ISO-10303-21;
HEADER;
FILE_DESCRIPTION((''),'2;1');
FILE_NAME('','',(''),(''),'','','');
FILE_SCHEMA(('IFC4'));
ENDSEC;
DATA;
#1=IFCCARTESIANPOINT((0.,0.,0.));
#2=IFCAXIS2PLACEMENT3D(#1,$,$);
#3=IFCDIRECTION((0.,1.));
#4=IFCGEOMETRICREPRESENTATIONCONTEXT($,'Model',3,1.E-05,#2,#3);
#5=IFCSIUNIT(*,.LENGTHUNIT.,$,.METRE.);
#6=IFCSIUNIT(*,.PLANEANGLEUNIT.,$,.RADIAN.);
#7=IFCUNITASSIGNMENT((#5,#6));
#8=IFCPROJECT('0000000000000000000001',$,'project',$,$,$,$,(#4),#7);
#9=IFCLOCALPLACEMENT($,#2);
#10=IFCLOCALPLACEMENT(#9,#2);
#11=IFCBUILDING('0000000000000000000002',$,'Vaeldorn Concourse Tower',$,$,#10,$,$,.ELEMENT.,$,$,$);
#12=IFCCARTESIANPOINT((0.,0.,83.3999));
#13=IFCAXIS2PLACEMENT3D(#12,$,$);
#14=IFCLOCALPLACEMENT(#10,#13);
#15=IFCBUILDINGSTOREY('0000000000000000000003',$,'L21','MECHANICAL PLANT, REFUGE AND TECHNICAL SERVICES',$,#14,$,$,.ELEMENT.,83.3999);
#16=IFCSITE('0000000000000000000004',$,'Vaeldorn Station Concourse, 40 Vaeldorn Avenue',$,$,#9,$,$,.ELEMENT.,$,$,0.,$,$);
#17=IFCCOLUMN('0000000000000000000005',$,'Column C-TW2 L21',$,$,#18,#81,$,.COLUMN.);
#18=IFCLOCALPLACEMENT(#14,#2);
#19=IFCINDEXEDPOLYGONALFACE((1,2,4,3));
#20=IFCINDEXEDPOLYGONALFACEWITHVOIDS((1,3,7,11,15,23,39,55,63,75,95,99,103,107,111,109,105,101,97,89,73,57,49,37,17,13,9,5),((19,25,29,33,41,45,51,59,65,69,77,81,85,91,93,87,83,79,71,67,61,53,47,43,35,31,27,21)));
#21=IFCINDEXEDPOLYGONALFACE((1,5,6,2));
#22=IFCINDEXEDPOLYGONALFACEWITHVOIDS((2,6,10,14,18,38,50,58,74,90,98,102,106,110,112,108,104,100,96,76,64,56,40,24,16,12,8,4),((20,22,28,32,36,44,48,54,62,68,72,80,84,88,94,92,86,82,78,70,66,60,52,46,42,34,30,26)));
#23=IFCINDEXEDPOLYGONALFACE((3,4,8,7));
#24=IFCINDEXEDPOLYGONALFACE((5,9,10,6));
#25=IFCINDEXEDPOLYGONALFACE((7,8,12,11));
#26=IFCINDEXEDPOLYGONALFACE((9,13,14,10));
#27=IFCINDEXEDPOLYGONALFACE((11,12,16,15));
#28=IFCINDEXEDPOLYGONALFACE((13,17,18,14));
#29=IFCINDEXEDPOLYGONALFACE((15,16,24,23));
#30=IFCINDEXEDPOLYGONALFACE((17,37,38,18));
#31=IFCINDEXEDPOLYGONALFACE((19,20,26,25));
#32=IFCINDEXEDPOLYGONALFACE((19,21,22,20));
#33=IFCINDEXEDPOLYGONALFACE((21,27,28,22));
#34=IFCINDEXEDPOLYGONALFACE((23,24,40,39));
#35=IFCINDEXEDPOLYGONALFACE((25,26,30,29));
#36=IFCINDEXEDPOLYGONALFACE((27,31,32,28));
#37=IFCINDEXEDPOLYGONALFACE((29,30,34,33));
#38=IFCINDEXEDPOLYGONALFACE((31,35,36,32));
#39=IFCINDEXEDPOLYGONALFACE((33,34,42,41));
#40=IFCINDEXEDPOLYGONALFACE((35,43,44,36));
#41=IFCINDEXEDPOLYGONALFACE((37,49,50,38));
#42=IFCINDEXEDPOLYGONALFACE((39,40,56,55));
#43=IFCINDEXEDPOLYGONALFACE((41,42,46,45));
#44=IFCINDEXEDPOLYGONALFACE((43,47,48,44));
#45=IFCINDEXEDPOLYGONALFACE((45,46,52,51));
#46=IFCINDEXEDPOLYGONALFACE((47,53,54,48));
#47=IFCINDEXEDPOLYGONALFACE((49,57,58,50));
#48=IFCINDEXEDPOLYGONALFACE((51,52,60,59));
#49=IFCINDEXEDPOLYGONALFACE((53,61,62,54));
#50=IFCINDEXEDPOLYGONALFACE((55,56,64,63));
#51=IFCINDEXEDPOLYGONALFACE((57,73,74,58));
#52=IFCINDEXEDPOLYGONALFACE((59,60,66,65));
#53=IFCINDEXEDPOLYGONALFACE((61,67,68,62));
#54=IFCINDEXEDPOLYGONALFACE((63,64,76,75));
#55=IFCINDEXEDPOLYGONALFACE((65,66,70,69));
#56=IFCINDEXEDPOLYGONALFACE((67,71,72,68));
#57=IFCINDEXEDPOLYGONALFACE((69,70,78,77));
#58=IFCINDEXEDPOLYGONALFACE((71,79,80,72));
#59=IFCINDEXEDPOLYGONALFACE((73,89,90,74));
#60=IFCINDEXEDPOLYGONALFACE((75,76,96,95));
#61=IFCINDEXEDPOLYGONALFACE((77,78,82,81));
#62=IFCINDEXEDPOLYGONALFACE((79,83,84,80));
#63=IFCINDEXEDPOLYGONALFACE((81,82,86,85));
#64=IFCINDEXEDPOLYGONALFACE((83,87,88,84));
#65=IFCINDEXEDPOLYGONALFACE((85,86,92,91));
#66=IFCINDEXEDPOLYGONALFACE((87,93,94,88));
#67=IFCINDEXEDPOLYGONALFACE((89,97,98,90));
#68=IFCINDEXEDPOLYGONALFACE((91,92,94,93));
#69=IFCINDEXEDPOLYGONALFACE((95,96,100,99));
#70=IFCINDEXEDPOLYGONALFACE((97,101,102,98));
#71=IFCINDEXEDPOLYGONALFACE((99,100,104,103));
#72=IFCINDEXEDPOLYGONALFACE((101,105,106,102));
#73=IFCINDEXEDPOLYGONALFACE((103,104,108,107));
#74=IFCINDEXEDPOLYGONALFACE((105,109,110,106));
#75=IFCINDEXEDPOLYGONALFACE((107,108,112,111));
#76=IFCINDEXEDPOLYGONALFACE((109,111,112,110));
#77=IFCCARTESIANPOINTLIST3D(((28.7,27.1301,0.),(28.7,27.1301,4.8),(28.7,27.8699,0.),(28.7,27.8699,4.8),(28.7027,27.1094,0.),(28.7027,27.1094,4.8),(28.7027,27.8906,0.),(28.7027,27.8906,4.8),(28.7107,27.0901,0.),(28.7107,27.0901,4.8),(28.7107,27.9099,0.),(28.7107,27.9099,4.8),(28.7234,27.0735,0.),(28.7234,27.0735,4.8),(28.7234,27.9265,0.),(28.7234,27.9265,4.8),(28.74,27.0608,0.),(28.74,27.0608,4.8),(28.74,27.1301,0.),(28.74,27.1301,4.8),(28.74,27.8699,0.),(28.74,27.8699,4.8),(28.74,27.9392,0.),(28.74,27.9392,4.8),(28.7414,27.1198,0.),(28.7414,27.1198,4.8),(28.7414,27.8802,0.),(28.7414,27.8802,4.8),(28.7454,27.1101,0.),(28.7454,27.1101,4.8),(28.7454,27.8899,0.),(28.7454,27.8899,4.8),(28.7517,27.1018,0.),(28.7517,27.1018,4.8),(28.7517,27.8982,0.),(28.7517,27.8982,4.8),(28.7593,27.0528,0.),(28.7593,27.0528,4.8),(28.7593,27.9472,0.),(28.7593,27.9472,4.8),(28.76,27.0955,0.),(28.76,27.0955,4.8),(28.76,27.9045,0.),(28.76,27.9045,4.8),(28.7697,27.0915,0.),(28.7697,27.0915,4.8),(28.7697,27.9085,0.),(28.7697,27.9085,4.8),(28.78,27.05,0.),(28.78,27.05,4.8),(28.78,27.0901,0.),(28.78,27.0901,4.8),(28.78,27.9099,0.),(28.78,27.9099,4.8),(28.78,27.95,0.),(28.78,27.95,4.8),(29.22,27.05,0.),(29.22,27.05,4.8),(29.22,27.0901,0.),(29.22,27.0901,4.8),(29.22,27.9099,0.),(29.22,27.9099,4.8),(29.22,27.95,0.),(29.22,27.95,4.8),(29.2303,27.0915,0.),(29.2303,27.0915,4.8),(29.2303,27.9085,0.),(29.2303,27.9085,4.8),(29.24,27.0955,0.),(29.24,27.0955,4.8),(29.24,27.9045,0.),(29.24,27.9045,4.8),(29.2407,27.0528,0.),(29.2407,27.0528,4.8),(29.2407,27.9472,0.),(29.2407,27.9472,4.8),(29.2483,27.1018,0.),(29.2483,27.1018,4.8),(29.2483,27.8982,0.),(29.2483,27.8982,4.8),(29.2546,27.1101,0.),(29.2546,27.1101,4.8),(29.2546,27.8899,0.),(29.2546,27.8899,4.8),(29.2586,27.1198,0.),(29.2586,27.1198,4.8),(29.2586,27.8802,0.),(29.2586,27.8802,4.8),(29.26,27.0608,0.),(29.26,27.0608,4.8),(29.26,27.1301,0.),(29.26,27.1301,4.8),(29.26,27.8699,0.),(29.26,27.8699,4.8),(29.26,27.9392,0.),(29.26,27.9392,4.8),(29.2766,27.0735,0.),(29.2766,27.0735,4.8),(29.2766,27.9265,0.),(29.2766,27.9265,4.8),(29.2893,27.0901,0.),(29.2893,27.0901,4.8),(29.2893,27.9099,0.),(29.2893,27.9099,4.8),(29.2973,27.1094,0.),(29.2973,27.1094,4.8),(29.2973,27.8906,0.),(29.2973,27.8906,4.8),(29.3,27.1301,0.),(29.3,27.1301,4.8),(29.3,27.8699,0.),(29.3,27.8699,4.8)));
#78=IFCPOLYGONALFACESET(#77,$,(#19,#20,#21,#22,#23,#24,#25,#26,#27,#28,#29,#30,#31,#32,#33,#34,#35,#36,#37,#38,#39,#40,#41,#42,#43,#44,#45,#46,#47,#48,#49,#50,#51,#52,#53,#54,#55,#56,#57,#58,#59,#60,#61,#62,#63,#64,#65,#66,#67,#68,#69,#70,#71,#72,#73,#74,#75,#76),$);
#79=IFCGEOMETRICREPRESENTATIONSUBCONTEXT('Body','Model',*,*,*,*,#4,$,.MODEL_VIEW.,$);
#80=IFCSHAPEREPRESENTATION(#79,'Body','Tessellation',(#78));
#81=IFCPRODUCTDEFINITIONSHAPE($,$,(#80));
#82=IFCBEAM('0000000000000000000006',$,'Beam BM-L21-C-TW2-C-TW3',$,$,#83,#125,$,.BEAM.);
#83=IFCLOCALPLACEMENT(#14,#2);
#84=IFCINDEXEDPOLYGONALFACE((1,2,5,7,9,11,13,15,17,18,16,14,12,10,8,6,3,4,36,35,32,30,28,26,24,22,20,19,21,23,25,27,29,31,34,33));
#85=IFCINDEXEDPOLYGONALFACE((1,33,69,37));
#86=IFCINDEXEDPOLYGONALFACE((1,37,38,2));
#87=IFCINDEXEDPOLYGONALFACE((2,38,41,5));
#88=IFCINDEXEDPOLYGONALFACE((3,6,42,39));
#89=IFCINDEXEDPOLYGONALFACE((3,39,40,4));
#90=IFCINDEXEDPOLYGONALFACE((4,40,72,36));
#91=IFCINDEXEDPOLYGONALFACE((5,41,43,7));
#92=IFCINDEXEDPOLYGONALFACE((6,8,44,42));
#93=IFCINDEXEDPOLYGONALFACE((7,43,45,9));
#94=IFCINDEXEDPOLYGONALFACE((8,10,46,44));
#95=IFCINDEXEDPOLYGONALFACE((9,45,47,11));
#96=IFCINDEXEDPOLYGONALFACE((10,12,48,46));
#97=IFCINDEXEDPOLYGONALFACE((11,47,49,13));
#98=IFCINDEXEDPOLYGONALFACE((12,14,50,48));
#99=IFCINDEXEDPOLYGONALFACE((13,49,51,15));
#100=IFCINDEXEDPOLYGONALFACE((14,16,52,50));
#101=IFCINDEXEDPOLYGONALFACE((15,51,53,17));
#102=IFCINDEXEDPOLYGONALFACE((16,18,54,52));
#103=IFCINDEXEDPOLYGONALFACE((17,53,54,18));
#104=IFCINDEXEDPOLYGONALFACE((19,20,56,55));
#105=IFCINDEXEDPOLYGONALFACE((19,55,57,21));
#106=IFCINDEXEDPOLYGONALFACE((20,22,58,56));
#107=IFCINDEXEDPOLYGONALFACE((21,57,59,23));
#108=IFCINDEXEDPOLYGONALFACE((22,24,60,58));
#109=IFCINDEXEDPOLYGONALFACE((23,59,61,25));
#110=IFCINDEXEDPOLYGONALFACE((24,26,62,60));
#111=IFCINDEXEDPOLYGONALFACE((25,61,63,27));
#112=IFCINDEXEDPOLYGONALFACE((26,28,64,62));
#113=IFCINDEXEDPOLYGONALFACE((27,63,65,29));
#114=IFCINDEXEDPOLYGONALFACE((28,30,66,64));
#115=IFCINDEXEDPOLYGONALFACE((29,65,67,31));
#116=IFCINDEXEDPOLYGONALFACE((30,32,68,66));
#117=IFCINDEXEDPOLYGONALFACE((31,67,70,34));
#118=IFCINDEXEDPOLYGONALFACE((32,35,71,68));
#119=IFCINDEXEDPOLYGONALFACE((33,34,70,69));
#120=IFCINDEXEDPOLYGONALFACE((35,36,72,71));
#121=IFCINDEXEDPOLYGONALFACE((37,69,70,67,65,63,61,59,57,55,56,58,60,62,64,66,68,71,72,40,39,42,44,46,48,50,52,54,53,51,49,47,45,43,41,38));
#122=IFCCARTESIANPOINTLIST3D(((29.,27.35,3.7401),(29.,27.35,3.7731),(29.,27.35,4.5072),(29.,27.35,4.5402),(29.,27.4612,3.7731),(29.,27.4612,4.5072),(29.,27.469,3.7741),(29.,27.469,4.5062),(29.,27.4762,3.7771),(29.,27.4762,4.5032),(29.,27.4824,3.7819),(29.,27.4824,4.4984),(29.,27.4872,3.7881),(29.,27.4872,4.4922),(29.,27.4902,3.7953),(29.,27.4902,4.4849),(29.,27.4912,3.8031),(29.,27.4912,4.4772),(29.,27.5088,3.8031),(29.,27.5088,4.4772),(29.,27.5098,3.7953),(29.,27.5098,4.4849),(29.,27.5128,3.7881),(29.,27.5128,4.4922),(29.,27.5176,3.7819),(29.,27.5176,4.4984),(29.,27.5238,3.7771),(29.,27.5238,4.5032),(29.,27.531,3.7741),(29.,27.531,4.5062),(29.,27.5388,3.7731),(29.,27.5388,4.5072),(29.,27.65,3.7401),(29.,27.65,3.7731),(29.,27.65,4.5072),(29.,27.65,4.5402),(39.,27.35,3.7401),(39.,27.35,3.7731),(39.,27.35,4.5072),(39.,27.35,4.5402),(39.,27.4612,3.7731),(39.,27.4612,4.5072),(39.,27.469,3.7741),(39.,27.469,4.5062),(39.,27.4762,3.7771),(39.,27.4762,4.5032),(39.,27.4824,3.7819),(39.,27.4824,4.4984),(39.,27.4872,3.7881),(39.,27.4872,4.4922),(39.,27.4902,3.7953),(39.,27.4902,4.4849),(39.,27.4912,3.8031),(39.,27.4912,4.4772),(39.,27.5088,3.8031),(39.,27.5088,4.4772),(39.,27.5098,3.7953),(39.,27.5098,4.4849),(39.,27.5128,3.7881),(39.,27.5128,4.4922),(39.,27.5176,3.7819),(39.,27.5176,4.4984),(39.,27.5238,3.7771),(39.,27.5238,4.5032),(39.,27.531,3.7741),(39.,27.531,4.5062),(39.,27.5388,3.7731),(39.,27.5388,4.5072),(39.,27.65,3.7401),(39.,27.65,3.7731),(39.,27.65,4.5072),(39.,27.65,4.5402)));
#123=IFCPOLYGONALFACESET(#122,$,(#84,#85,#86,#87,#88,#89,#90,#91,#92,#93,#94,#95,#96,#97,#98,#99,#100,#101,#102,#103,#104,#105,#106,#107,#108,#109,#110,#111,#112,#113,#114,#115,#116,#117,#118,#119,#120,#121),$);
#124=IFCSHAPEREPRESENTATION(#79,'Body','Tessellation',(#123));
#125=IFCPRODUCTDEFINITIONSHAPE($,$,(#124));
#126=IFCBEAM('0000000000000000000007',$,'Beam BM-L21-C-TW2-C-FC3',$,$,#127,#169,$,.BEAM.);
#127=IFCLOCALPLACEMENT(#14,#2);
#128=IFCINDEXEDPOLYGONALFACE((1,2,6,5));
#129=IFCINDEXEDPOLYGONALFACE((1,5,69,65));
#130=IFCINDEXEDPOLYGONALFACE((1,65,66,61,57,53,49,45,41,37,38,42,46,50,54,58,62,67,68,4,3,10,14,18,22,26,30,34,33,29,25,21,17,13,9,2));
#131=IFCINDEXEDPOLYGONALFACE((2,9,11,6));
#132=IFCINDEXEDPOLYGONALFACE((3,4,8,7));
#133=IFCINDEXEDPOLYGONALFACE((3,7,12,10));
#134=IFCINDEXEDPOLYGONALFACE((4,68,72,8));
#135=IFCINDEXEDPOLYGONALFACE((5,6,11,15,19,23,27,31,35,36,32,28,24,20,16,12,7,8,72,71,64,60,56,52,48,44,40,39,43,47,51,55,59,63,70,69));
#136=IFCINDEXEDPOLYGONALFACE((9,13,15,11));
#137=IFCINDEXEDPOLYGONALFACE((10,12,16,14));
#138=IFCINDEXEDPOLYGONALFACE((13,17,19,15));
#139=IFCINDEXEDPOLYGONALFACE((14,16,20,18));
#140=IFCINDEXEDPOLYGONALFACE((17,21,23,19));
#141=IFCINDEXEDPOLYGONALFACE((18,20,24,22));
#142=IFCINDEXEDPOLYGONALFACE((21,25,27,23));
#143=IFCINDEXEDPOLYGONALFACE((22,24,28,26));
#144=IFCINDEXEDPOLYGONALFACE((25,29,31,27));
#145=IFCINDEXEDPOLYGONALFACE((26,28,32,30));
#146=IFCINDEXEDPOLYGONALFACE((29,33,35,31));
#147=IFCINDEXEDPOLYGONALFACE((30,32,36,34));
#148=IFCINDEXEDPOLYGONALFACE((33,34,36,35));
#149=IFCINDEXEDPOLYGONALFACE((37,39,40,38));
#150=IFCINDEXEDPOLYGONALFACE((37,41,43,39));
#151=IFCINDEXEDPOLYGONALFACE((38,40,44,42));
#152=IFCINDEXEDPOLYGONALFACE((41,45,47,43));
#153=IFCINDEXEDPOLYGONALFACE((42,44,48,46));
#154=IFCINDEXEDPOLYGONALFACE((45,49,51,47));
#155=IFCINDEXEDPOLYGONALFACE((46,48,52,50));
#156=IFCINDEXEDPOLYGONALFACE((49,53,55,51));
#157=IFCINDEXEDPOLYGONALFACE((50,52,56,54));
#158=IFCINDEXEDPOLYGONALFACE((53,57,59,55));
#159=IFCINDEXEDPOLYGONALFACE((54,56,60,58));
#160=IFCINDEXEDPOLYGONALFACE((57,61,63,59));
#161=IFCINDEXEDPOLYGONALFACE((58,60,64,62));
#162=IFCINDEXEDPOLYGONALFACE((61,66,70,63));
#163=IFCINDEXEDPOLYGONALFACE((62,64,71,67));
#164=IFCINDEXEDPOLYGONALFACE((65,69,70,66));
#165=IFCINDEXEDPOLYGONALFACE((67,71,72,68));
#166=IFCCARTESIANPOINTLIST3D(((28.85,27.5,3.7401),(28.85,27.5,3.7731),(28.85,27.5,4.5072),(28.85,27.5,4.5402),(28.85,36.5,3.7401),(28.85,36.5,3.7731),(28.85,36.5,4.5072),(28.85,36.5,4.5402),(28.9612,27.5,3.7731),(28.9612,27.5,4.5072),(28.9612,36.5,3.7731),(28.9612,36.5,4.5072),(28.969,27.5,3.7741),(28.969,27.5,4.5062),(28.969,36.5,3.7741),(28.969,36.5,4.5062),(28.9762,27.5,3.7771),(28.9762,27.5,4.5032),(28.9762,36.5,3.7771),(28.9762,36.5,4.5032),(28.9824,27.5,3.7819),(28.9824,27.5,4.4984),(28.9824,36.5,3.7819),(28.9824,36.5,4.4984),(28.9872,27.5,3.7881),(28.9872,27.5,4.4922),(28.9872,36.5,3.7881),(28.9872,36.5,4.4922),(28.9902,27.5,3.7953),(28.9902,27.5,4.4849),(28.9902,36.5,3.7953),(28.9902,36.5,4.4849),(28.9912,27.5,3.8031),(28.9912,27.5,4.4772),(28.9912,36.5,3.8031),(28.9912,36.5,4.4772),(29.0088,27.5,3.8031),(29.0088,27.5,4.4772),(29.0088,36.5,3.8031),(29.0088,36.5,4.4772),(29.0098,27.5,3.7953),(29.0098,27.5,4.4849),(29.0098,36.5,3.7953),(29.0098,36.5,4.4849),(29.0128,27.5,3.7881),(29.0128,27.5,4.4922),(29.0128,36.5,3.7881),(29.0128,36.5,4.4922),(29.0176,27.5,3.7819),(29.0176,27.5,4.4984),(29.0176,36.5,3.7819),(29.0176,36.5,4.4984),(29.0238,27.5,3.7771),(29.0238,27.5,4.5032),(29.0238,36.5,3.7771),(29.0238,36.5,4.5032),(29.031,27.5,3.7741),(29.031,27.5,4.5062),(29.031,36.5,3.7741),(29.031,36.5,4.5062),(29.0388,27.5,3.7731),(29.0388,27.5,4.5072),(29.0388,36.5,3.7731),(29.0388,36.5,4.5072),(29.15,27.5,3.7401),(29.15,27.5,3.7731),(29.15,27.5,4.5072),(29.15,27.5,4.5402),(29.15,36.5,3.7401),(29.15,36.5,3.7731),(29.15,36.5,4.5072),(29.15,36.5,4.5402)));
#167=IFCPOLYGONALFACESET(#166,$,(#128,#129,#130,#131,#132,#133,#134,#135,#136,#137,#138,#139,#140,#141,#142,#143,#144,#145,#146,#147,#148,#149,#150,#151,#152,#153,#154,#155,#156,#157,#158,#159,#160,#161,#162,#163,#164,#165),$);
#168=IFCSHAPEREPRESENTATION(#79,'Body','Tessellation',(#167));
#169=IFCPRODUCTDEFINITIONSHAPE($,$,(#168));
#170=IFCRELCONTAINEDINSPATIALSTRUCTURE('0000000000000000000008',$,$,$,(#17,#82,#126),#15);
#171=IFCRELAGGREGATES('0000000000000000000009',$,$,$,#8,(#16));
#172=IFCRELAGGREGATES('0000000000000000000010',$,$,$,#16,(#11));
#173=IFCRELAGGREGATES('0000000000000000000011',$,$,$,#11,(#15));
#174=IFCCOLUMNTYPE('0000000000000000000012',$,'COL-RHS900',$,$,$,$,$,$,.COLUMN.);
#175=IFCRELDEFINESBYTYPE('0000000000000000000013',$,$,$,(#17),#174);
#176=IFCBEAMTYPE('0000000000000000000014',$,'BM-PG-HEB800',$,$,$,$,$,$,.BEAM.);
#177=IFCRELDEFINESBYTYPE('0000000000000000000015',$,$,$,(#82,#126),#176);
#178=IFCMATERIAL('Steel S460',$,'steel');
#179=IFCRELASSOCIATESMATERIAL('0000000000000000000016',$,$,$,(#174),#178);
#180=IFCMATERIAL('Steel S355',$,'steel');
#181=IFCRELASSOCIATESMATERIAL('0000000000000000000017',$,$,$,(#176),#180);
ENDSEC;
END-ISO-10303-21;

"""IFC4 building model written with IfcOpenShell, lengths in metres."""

from ifc_helpers import new_model, si_unit, direction, frame, origin, origin_2d, place, context, subcontext, project, spatial, hollow_rectangle, i_section, extrude, source, transform, mapped, material, material_profile, profile_set, type_object, element, save


model = new_model("IFC4")

# Units and contexts
model_context = context("Model", 3, precision=1e-05, world=origin(), true_north=direction((0.0, 1.0)))
body_context = subcontext(model_context, "Body", "Model", "MODEL_VIEW")
ifc_project = project(units=[si_unit("LENGTHUNIT", "METRE"), si_unit("PLANEANGLEUNIT", "RADIAN")], contexts=[model_context])

# Site, building, storey
site_placement = place(None, origin())
site = spatial("IfcSite", under=ifc_project, at=site_placement, Name="Vaeldorn Station Concourse, 40 Vaeldorn Avenue", CompositionType="ELEMENT", RefElevation=0.0)
building_placement = place(site_placement, origin())
building = spatial("IfcBuilding", under=site, at=building_placement, Name="Vaeldorn Concourse Tower", CompositionType="ELEMENT")
storey_placement = place(building_placement, frame((0.0, 0.0, 83.3999)))
storey = spatial("IfcBuildingStorey", under=building, at=storey_placement, Name="L21", Description="MECHANICAL PLANT, REFUGE AND TECHNICAL SERVICES", CompositionType="ELEMENT", Elevation=83.3999)

# Column
ifc_material_1 = material(Name="Steel S460", Category="steel")
ifc_material_profile_1 = material_profile(ifc_material_1, hollow_rectangle(XDim=0.6001, YDim=0.8999, WallThickness=0.04, InnerFilletRadius=0.04, OuterFilletRadius=0.0801, at=origin_2d()), Name="RHS 900x600x40")
ifc_profile_set_1 = profile_set([ifc_material_profile_1], Name="Steel S460")
column_type = type_object("IfcColumnType", Name="COL-RHS900", PredefinedType="COLUMN", material=ifc_profile_set_1)
shared_shape_1 = source(origin(), body_context, "Body", "SweptSolid", [
    extrude(hollow_rectangle(XDim=0.6001, YDim=0.8999, WallThickness=0.04, InnerFilletRadius=0.04, OuterFilletRadius=0.0801, at=origin_2d()), origin(), (0.0, 0.0, 1.0), 4.8),
])
column_placement = place(storey_placement, frame((29.0, 27.5, 0.0), z_axis=(0.0, 0.0, 1.0), x_axis=(1.0, 0.0, 0.0)))
element("IfcColumn", 1, at=column_placement, inside=storey, type_object=column_type, Name="Column C-TW2 L21", PredefinedType="COLUMN", context=body_context, shape_type="MappedRepresentation", body=[
    mapped(shared_shape_1, transform((0.0, 0.0, 0.0), scale=1.0)),
])

# Beams
ifc_material_2 = material(Name="Steel S355", Category="steel")
ifc_material_profile_2 = material_profile(ifc_material_2, i_section(OverallWidth=0.3, OverallDepth=0.8, WebThickness=0.0176, FlangeThickness=0.033, FilletRadius=0.03, at=origin_2d()), Name="HEB 800")
ifc_profile_set_2 = profile_set([ifc_material_profile_2], Name="Steel S355")
beam_type_1 = type_object("IfcBeamType", Name="BM-PG-HEB800", PredefinedType="BEAM", material=ifc_profile_set_2)
shared_shape_2 = source(origin(), body_context, "Body", "SweptSolid", [
    extrude(i_section(OverallWidth=0.3, OverallDepth=0.8, WebThickness=0.0176, FlangeThickness=0.033, FilletRadius=0.03, at=origin_2d()), origin(), (0.0, 0.0, 1.0), 10.0),
])
beam_1_placement = place(storey_placement, frame((29.0, 27.5, 4.1401), z_axis=(1.0, 0.0, 0.0), x_axis=(0.0, 1.0, 0.0)))
element("IfcBeam", 2, at=beam_1_placement, inside=storey, type_object=beam_type_1, Name="Beam BM-L21-C-TW2-C-TW3", PredefinedType="BEAM", context=body_context, shape_type="MappedRepresentation", body=[
    mapped(shared_shape_2, transform((0.0, 0.0, 0.0), scale=1.0)),
])
shared_shape_3 = source(origin(), body_context, "Body", "SweptSolid", [
    extrude(i_section(OverallWidth=0.3, OverallDepth=0.8, WebThickness=0.0176, FlangeThickness=0.033, FilletRadius=0.03, at=origin_2d()), origin(), (0.0, 0.0, 1.0), 9.0),
])
beam_2_placement = place(storey_placement, frame((29.0, 27.5, 4.1401), z_axis=(0.0, 1.0, 0.0), x_axis=(-1.0, 0.0, 0.0)))
element("IfcBeam", 3, at=beam_2_placement, inside=storey, type_object=beam_type_1, Name="Beam BM-L21-C-TW2-C-FC3", PredefinedType="BEAM", context=body_context, shape_type="MappedRepresentation", body=[
    mapped(shared_shape_3, transform((0.0, 0.0, 0.0), scale=1.0)),
])

save(model, "model.ifc")
